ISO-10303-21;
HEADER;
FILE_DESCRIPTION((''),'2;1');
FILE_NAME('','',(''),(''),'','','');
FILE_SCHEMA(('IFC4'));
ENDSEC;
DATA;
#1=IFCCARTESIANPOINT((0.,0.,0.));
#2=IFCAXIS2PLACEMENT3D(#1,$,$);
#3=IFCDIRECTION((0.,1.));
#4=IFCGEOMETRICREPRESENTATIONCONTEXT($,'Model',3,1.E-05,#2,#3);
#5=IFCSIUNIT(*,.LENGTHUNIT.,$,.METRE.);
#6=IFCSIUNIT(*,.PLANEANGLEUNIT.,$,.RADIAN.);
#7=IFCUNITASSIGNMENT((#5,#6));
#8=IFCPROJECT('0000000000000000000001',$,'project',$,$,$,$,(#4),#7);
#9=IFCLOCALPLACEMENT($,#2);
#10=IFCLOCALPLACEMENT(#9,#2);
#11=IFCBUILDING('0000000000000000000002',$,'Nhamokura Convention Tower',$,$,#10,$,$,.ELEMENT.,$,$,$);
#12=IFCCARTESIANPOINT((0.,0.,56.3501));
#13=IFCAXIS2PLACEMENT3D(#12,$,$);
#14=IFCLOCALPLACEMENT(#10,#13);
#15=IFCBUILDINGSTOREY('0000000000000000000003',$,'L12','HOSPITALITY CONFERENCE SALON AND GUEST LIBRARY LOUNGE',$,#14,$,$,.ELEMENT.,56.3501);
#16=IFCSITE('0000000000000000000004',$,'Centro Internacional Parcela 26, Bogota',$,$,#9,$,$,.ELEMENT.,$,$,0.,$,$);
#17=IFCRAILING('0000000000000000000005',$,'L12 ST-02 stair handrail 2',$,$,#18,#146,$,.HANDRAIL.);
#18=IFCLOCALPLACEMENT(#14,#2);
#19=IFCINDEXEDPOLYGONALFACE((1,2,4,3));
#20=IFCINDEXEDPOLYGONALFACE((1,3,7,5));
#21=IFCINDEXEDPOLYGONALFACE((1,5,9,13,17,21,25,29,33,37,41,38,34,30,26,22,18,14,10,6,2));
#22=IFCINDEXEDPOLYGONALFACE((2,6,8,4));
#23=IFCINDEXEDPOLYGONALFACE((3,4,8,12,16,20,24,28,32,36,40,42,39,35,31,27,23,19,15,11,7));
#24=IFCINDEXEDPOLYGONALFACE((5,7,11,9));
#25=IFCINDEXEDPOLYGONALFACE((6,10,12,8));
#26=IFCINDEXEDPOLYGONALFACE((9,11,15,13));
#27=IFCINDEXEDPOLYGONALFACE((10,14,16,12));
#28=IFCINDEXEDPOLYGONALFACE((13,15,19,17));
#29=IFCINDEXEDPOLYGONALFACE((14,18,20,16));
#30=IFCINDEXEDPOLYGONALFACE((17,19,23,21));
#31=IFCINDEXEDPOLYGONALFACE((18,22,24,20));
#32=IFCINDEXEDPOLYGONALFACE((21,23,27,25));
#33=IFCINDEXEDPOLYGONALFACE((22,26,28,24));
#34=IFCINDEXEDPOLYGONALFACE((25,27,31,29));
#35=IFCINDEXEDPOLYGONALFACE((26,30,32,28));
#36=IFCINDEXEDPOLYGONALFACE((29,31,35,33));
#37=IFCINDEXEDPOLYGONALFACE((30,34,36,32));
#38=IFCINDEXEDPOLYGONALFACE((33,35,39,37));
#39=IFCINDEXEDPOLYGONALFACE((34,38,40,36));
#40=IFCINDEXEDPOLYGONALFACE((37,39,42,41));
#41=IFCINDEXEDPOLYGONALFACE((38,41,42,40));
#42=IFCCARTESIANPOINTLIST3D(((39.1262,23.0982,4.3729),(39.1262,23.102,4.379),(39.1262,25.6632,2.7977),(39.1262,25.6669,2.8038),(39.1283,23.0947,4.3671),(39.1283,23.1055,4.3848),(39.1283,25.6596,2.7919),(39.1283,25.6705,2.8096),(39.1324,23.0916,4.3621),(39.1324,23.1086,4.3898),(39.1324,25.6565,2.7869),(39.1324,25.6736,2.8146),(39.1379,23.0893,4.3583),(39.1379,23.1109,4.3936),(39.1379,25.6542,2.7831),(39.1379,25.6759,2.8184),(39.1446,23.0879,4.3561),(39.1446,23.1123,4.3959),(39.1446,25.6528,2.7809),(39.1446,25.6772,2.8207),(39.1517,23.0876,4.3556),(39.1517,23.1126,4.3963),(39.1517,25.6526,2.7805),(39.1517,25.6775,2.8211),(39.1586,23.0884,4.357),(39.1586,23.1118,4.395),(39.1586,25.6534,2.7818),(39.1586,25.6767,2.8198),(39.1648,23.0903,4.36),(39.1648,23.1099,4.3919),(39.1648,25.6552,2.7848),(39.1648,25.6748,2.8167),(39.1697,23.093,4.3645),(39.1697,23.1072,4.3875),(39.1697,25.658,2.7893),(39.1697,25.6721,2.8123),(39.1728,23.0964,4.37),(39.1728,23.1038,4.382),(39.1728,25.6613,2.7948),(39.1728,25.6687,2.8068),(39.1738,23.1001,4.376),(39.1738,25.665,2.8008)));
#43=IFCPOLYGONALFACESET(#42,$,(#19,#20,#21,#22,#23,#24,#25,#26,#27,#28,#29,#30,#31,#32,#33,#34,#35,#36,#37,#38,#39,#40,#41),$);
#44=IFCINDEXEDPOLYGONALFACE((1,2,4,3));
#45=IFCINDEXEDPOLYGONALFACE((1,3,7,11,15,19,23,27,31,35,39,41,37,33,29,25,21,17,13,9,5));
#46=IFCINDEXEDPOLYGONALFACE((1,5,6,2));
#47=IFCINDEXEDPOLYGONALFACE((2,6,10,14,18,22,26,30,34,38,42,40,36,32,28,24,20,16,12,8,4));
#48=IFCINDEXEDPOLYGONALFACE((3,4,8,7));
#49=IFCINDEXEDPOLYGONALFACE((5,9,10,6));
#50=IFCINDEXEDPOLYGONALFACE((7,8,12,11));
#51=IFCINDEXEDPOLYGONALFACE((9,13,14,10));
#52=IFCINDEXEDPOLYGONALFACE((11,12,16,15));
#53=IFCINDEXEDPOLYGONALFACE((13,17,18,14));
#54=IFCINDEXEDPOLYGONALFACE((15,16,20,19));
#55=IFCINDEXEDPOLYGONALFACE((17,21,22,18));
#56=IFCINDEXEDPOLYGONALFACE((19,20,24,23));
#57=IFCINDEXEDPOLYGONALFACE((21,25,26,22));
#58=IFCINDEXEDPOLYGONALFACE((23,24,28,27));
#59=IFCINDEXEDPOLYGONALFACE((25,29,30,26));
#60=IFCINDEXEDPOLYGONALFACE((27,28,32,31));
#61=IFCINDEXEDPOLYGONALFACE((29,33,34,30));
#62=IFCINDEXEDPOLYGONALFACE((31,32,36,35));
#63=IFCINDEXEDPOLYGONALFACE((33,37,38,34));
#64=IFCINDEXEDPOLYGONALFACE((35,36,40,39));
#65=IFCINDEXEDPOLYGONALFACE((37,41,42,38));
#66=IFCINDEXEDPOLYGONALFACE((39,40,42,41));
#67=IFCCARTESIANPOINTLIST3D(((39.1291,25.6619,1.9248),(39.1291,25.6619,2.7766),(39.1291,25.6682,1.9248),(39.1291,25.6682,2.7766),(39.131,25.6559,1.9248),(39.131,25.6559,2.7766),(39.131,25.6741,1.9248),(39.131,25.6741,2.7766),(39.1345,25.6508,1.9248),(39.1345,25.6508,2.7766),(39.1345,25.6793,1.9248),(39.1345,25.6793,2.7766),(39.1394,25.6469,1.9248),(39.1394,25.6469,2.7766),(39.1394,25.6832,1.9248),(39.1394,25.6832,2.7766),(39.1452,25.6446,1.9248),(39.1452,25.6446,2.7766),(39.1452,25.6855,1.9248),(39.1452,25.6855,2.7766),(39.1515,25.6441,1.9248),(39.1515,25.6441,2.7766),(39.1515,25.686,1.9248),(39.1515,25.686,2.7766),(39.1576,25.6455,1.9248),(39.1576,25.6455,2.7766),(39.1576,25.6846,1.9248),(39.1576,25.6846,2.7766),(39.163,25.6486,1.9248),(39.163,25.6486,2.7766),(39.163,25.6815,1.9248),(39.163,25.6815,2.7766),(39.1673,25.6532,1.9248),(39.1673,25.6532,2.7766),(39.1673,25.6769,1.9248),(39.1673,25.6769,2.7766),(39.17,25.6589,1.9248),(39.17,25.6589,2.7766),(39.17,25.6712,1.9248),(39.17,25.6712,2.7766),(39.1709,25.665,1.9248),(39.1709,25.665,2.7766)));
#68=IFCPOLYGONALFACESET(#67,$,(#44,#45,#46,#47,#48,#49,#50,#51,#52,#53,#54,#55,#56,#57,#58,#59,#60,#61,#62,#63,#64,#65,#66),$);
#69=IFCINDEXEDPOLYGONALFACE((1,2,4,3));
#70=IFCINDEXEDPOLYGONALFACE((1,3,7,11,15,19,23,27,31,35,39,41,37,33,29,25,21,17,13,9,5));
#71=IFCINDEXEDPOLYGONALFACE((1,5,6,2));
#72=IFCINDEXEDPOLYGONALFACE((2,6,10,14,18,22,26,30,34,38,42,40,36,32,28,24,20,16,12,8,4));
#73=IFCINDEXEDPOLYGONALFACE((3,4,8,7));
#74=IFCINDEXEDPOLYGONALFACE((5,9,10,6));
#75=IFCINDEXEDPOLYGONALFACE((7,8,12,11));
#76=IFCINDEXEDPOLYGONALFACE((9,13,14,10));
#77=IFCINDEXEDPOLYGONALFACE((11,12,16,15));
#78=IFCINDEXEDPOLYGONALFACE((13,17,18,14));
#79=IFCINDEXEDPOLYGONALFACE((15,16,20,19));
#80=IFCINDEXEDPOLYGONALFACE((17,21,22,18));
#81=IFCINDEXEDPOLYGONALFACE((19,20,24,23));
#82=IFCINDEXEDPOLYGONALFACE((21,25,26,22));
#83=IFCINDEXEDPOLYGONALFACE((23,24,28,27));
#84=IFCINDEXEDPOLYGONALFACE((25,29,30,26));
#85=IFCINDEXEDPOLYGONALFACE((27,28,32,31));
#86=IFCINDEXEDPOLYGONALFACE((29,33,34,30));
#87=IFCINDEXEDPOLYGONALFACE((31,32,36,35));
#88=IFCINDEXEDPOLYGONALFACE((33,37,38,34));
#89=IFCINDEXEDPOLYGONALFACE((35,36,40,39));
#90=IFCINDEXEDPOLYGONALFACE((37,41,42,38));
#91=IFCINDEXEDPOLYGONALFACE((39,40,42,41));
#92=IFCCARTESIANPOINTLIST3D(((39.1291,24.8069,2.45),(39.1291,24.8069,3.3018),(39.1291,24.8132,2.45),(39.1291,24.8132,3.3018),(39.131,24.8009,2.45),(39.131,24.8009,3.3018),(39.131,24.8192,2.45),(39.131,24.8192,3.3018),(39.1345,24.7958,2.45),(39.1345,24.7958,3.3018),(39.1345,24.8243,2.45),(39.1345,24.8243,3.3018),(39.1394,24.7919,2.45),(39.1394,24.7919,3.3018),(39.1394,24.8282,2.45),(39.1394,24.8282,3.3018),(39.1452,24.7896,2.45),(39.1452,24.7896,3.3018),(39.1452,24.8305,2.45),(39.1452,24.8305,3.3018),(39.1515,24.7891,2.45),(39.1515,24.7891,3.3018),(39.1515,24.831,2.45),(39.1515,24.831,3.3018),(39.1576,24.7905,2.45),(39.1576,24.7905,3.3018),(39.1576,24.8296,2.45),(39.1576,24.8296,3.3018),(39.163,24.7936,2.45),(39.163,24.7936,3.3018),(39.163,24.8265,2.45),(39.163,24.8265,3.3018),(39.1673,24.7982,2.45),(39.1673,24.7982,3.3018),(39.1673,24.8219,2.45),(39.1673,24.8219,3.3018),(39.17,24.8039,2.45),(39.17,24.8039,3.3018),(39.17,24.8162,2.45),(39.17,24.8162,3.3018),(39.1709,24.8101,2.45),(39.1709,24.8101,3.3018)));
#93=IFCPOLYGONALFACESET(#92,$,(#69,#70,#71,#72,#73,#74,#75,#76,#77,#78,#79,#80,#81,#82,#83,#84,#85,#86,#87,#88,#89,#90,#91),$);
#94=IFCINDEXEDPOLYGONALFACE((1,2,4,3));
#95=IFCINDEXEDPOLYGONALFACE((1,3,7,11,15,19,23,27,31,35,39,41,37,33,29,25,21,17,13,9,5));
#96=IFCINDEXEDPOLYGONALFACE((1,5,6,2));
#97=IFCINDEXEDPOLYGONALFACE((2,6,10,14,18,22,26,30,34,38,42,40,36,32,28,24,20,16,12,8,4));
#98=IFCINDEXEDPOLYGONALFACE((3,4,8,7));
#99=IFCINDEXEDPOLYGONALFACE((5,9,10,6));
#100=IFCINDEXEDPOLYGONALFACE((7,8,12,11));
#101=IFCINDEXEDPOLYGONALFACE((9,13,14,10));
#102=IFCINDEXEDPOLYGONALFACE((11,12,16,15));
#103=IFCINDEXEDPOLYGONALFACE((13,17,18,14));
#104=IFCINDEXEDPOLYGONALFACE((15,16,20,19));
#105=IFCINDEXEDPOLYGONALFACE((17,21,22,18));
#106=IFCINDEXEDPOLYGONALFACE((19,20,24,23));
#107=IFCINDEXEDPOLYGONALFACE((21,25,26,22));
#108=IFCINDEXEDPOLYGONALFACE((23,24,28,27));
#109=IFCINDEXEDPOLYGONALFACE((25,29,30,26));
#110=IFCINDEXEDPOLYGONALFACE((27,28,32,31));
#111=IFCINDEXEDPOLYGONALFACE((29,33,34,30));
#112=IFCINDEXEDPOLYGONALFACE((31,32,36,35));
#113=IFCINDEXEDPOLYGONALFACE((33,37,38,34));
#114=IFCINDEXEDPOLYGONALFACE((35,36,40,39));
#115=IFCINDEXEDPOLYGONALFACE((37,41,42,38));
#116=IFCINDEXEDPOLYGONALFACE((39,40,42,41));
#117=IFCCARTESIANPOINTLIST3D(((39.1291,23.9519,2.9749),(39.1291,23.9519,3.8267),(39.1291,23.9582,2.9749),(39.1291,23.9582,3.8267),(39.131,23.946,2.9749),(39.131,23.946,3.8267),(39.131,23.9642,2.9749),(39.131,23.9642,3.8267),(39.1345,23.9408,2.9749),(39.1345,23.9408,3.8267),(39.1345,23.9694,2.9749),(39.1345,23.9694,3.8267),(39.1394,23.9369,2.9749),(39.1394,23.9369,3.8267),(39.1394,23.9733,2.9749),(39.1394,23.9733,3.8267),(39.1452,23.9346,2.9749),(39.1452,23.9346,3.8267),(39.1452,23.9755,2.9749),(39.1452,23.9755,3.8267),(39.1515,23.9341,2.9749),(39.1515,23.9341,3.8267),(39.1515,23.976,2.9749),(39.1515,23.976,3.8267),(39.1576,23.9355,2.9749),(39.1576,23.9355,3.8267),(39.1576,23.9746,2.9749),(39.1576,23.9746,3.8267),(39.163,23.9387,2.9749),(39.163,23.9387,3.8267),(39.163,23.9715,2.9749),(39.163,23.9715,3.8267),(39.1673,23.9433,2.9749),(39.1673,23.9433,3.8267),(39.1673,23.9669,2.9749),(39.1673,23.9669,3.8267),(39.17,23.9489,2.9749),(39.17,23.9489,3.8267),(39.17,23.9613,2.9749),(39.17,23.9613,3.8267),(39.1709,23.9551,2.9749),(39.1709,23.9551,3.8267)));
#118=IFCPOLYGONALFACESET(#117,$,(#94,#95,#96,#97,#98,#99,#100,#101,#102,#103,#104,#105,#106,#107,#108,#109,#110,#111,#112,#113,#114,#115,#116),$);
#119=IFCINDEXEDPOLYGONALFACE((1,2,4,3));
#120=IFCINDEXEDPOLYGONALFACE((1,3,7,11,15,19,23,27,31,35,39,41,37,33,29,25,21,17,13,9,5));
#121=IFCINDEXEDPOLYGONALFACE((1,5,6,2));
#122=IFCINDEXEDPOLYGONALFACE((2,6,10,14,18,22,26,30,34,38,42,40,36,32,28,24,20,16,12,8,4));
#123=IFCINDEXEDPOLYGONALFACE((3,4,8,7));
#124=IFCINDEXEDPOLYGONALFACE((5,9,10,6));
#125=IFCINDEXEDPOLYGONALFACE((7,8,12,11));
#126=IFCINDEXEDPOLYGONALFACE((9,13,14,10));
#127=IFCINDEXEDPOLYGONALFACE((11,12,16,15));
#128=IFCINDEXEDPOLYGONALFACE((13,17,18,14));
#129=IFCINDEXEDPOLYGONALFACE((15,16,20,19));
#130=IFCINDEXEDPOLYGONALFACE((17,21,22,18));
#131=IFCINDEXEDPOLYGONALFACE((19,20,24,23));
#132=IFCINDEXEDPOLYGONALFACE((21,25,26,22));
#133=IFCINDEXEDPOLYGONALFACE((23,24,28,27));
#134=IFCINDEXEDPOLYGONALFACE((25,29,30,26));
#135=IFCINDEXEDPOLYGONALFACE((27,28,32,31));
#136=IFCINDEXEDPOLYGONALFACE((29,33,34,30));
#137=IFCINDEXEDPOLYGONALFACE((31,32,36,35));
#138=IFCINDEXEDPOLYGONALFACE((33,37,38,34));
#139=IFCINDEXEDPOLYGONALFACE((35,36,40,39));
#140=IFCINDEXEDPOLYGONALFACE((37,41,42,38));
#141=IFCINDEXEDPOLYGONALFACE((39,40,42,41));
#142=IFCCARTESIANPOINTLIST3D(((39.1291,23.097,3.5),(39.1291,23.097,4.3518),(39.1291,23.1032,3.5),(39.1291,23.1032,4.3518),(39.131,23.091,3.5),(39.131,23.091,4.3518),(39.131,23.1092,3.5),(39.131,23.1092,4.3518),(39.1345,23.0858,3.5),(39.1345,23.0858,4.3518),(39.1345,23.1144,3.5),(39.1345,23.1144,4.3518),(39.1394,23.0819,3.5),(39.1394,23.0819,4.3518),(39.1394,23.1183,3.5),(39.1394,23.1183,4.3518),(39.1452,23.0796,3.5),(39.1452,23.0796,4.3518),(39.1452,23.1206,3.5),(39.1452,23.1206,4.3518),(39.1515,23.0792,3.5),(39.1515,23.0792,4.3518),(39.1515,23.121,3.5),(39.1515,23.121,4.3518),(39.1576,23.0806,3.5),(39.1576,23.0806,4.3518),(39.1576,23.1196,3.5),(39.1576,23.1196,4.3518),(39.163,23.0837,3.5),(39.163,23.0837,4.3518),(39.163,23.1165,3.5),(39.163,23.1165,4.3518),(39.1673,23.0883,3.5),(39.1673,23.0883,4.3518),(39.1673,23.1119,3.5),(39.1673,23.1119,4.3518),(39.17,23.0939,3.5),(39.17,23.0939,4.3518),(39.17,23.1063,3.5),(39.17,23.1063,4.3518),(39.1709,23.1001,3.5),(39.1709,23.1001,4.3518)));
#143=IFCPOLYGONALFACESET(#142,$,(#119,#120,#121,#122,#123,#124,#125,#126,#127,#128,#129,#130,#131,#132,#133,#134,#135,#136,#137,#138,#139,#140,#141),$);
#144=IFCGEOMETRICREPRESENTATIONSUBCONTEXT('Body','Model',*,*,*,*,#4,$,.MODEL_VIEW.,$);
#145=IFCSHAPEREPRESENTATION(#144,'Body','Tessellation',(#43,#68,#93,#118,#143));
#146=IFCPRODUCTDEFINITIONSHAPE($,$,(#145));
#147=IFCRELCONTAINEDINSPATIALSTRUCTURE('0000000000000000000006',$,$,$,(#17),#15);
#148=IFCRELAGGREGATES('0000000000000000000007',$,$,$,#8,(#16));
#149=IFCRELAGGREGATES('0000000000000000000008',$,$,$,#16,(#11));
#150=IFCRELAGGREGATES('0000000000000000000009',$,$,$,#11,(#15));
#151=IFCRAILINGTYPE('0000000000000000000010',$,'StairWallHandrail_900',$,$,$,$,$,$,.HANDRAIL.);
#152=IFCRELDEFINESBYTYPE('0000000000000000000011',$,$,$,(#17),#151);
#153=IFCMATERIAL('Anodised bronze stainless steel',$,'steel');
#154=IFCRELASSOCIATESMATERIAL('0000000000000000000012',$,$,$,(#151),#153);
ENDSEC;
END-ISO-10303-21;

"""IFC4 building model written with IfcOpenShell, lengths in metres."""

from ifc_helpers import new_model, si_unit, direction, frame, origin, origin_2d, place, context, subcontext, project, spatial, circle, extrude, material, type_object, element, save


model = new_model("IFC4")

# Units and contexts
model_context = context("Model", 3, precision=1e-05, world=origin(), true_north=direction((0.0, 1.0)))
body_context = subcontext(model_context, "Body", "Model", "MODEL_VIEW")
ifc_project = project(units=[si_unit("LENGTHUNIT", "METRE"), si_unit("PLANEANGLEUNIT", "RADIAN")], contexts=[model_context])

# Site, building, storey
site_placement = place(None, origin())
site = spatial("IfcSite", under=ifc_project, at=site_placement, Name="Centro Internacional Parcela 26, Bogota", CompositionType="ELEMENT", RefElevation=0.0)
building_placement = place(site_placement, origin())
building = spatial("IfcBuilding", under=site, at=building_placement, Name="Nhamokura Convention Tower", CompositionType="ELEMENT")
storey_placement = place(building_placement, frame((0.0, 0.0, 56.3501)))
storey = spatial("IfcBuildingStorey", under=building, at=storey_placement, Name="L12", Description="HOSPITALITY CONFERENCE SALON AND GUEST LIBRARY LOUNGE", CompositionType="ELEMENT", Elevation=56.3501)

# Railing
ifc_material_1 = material(Name="Anodised bronze stainless steel", Category="steel")
railing_type_1 = type_object("IfcRailingType", Name="StairWallHandrail_900", PredefinedType="HANDRAIL", material=ifc_material_1)
railing_1_placement = place(storey_placement, frame((39.1499, 25.665, 1.9248)))
element("IfcRailing", 1, at=railing_1_placement, inside=storey, type_object=railing_type_1, Name="L12 ST-02 stair handrail 2", PredefinedType="HANDRAIL", context=body_context, shape_type="SweptSolid", body=[
    extrude(circle(Radius=0.0239, at=origin_2d()), frame((0.0, 0.0, 0.876), z_axis=(0.0, -0.852137, 0.523319), x_axis=(1.0, 0.0, 0.0)), (0.0, 0.0, 1.0), 3.01),
    extrude(circle(Radius=0.021, at=origin_2d()), origin(), (0.0, 0.0, 1.0), 0.8518),
    extrude(circle(Radius=0.021, at=origin_2d()), frame((0.0, -0.855, 0.5251)), (0.0, 0.0, 1.0), 0.8518),
    extrude(circle(Radius=0.021, at=origin_2d()), frame((0.0, -1.71, 1.05)), (0.0, 0.0, 1.0), 0.8518),
    extrude(circle(Radius=0.021, at=origin_2d()), frame((0.0, -2.5649, 1.5752)), (0.0, 0.0, 1.0), 0.8518),
])

save(model, "model.ifc")
